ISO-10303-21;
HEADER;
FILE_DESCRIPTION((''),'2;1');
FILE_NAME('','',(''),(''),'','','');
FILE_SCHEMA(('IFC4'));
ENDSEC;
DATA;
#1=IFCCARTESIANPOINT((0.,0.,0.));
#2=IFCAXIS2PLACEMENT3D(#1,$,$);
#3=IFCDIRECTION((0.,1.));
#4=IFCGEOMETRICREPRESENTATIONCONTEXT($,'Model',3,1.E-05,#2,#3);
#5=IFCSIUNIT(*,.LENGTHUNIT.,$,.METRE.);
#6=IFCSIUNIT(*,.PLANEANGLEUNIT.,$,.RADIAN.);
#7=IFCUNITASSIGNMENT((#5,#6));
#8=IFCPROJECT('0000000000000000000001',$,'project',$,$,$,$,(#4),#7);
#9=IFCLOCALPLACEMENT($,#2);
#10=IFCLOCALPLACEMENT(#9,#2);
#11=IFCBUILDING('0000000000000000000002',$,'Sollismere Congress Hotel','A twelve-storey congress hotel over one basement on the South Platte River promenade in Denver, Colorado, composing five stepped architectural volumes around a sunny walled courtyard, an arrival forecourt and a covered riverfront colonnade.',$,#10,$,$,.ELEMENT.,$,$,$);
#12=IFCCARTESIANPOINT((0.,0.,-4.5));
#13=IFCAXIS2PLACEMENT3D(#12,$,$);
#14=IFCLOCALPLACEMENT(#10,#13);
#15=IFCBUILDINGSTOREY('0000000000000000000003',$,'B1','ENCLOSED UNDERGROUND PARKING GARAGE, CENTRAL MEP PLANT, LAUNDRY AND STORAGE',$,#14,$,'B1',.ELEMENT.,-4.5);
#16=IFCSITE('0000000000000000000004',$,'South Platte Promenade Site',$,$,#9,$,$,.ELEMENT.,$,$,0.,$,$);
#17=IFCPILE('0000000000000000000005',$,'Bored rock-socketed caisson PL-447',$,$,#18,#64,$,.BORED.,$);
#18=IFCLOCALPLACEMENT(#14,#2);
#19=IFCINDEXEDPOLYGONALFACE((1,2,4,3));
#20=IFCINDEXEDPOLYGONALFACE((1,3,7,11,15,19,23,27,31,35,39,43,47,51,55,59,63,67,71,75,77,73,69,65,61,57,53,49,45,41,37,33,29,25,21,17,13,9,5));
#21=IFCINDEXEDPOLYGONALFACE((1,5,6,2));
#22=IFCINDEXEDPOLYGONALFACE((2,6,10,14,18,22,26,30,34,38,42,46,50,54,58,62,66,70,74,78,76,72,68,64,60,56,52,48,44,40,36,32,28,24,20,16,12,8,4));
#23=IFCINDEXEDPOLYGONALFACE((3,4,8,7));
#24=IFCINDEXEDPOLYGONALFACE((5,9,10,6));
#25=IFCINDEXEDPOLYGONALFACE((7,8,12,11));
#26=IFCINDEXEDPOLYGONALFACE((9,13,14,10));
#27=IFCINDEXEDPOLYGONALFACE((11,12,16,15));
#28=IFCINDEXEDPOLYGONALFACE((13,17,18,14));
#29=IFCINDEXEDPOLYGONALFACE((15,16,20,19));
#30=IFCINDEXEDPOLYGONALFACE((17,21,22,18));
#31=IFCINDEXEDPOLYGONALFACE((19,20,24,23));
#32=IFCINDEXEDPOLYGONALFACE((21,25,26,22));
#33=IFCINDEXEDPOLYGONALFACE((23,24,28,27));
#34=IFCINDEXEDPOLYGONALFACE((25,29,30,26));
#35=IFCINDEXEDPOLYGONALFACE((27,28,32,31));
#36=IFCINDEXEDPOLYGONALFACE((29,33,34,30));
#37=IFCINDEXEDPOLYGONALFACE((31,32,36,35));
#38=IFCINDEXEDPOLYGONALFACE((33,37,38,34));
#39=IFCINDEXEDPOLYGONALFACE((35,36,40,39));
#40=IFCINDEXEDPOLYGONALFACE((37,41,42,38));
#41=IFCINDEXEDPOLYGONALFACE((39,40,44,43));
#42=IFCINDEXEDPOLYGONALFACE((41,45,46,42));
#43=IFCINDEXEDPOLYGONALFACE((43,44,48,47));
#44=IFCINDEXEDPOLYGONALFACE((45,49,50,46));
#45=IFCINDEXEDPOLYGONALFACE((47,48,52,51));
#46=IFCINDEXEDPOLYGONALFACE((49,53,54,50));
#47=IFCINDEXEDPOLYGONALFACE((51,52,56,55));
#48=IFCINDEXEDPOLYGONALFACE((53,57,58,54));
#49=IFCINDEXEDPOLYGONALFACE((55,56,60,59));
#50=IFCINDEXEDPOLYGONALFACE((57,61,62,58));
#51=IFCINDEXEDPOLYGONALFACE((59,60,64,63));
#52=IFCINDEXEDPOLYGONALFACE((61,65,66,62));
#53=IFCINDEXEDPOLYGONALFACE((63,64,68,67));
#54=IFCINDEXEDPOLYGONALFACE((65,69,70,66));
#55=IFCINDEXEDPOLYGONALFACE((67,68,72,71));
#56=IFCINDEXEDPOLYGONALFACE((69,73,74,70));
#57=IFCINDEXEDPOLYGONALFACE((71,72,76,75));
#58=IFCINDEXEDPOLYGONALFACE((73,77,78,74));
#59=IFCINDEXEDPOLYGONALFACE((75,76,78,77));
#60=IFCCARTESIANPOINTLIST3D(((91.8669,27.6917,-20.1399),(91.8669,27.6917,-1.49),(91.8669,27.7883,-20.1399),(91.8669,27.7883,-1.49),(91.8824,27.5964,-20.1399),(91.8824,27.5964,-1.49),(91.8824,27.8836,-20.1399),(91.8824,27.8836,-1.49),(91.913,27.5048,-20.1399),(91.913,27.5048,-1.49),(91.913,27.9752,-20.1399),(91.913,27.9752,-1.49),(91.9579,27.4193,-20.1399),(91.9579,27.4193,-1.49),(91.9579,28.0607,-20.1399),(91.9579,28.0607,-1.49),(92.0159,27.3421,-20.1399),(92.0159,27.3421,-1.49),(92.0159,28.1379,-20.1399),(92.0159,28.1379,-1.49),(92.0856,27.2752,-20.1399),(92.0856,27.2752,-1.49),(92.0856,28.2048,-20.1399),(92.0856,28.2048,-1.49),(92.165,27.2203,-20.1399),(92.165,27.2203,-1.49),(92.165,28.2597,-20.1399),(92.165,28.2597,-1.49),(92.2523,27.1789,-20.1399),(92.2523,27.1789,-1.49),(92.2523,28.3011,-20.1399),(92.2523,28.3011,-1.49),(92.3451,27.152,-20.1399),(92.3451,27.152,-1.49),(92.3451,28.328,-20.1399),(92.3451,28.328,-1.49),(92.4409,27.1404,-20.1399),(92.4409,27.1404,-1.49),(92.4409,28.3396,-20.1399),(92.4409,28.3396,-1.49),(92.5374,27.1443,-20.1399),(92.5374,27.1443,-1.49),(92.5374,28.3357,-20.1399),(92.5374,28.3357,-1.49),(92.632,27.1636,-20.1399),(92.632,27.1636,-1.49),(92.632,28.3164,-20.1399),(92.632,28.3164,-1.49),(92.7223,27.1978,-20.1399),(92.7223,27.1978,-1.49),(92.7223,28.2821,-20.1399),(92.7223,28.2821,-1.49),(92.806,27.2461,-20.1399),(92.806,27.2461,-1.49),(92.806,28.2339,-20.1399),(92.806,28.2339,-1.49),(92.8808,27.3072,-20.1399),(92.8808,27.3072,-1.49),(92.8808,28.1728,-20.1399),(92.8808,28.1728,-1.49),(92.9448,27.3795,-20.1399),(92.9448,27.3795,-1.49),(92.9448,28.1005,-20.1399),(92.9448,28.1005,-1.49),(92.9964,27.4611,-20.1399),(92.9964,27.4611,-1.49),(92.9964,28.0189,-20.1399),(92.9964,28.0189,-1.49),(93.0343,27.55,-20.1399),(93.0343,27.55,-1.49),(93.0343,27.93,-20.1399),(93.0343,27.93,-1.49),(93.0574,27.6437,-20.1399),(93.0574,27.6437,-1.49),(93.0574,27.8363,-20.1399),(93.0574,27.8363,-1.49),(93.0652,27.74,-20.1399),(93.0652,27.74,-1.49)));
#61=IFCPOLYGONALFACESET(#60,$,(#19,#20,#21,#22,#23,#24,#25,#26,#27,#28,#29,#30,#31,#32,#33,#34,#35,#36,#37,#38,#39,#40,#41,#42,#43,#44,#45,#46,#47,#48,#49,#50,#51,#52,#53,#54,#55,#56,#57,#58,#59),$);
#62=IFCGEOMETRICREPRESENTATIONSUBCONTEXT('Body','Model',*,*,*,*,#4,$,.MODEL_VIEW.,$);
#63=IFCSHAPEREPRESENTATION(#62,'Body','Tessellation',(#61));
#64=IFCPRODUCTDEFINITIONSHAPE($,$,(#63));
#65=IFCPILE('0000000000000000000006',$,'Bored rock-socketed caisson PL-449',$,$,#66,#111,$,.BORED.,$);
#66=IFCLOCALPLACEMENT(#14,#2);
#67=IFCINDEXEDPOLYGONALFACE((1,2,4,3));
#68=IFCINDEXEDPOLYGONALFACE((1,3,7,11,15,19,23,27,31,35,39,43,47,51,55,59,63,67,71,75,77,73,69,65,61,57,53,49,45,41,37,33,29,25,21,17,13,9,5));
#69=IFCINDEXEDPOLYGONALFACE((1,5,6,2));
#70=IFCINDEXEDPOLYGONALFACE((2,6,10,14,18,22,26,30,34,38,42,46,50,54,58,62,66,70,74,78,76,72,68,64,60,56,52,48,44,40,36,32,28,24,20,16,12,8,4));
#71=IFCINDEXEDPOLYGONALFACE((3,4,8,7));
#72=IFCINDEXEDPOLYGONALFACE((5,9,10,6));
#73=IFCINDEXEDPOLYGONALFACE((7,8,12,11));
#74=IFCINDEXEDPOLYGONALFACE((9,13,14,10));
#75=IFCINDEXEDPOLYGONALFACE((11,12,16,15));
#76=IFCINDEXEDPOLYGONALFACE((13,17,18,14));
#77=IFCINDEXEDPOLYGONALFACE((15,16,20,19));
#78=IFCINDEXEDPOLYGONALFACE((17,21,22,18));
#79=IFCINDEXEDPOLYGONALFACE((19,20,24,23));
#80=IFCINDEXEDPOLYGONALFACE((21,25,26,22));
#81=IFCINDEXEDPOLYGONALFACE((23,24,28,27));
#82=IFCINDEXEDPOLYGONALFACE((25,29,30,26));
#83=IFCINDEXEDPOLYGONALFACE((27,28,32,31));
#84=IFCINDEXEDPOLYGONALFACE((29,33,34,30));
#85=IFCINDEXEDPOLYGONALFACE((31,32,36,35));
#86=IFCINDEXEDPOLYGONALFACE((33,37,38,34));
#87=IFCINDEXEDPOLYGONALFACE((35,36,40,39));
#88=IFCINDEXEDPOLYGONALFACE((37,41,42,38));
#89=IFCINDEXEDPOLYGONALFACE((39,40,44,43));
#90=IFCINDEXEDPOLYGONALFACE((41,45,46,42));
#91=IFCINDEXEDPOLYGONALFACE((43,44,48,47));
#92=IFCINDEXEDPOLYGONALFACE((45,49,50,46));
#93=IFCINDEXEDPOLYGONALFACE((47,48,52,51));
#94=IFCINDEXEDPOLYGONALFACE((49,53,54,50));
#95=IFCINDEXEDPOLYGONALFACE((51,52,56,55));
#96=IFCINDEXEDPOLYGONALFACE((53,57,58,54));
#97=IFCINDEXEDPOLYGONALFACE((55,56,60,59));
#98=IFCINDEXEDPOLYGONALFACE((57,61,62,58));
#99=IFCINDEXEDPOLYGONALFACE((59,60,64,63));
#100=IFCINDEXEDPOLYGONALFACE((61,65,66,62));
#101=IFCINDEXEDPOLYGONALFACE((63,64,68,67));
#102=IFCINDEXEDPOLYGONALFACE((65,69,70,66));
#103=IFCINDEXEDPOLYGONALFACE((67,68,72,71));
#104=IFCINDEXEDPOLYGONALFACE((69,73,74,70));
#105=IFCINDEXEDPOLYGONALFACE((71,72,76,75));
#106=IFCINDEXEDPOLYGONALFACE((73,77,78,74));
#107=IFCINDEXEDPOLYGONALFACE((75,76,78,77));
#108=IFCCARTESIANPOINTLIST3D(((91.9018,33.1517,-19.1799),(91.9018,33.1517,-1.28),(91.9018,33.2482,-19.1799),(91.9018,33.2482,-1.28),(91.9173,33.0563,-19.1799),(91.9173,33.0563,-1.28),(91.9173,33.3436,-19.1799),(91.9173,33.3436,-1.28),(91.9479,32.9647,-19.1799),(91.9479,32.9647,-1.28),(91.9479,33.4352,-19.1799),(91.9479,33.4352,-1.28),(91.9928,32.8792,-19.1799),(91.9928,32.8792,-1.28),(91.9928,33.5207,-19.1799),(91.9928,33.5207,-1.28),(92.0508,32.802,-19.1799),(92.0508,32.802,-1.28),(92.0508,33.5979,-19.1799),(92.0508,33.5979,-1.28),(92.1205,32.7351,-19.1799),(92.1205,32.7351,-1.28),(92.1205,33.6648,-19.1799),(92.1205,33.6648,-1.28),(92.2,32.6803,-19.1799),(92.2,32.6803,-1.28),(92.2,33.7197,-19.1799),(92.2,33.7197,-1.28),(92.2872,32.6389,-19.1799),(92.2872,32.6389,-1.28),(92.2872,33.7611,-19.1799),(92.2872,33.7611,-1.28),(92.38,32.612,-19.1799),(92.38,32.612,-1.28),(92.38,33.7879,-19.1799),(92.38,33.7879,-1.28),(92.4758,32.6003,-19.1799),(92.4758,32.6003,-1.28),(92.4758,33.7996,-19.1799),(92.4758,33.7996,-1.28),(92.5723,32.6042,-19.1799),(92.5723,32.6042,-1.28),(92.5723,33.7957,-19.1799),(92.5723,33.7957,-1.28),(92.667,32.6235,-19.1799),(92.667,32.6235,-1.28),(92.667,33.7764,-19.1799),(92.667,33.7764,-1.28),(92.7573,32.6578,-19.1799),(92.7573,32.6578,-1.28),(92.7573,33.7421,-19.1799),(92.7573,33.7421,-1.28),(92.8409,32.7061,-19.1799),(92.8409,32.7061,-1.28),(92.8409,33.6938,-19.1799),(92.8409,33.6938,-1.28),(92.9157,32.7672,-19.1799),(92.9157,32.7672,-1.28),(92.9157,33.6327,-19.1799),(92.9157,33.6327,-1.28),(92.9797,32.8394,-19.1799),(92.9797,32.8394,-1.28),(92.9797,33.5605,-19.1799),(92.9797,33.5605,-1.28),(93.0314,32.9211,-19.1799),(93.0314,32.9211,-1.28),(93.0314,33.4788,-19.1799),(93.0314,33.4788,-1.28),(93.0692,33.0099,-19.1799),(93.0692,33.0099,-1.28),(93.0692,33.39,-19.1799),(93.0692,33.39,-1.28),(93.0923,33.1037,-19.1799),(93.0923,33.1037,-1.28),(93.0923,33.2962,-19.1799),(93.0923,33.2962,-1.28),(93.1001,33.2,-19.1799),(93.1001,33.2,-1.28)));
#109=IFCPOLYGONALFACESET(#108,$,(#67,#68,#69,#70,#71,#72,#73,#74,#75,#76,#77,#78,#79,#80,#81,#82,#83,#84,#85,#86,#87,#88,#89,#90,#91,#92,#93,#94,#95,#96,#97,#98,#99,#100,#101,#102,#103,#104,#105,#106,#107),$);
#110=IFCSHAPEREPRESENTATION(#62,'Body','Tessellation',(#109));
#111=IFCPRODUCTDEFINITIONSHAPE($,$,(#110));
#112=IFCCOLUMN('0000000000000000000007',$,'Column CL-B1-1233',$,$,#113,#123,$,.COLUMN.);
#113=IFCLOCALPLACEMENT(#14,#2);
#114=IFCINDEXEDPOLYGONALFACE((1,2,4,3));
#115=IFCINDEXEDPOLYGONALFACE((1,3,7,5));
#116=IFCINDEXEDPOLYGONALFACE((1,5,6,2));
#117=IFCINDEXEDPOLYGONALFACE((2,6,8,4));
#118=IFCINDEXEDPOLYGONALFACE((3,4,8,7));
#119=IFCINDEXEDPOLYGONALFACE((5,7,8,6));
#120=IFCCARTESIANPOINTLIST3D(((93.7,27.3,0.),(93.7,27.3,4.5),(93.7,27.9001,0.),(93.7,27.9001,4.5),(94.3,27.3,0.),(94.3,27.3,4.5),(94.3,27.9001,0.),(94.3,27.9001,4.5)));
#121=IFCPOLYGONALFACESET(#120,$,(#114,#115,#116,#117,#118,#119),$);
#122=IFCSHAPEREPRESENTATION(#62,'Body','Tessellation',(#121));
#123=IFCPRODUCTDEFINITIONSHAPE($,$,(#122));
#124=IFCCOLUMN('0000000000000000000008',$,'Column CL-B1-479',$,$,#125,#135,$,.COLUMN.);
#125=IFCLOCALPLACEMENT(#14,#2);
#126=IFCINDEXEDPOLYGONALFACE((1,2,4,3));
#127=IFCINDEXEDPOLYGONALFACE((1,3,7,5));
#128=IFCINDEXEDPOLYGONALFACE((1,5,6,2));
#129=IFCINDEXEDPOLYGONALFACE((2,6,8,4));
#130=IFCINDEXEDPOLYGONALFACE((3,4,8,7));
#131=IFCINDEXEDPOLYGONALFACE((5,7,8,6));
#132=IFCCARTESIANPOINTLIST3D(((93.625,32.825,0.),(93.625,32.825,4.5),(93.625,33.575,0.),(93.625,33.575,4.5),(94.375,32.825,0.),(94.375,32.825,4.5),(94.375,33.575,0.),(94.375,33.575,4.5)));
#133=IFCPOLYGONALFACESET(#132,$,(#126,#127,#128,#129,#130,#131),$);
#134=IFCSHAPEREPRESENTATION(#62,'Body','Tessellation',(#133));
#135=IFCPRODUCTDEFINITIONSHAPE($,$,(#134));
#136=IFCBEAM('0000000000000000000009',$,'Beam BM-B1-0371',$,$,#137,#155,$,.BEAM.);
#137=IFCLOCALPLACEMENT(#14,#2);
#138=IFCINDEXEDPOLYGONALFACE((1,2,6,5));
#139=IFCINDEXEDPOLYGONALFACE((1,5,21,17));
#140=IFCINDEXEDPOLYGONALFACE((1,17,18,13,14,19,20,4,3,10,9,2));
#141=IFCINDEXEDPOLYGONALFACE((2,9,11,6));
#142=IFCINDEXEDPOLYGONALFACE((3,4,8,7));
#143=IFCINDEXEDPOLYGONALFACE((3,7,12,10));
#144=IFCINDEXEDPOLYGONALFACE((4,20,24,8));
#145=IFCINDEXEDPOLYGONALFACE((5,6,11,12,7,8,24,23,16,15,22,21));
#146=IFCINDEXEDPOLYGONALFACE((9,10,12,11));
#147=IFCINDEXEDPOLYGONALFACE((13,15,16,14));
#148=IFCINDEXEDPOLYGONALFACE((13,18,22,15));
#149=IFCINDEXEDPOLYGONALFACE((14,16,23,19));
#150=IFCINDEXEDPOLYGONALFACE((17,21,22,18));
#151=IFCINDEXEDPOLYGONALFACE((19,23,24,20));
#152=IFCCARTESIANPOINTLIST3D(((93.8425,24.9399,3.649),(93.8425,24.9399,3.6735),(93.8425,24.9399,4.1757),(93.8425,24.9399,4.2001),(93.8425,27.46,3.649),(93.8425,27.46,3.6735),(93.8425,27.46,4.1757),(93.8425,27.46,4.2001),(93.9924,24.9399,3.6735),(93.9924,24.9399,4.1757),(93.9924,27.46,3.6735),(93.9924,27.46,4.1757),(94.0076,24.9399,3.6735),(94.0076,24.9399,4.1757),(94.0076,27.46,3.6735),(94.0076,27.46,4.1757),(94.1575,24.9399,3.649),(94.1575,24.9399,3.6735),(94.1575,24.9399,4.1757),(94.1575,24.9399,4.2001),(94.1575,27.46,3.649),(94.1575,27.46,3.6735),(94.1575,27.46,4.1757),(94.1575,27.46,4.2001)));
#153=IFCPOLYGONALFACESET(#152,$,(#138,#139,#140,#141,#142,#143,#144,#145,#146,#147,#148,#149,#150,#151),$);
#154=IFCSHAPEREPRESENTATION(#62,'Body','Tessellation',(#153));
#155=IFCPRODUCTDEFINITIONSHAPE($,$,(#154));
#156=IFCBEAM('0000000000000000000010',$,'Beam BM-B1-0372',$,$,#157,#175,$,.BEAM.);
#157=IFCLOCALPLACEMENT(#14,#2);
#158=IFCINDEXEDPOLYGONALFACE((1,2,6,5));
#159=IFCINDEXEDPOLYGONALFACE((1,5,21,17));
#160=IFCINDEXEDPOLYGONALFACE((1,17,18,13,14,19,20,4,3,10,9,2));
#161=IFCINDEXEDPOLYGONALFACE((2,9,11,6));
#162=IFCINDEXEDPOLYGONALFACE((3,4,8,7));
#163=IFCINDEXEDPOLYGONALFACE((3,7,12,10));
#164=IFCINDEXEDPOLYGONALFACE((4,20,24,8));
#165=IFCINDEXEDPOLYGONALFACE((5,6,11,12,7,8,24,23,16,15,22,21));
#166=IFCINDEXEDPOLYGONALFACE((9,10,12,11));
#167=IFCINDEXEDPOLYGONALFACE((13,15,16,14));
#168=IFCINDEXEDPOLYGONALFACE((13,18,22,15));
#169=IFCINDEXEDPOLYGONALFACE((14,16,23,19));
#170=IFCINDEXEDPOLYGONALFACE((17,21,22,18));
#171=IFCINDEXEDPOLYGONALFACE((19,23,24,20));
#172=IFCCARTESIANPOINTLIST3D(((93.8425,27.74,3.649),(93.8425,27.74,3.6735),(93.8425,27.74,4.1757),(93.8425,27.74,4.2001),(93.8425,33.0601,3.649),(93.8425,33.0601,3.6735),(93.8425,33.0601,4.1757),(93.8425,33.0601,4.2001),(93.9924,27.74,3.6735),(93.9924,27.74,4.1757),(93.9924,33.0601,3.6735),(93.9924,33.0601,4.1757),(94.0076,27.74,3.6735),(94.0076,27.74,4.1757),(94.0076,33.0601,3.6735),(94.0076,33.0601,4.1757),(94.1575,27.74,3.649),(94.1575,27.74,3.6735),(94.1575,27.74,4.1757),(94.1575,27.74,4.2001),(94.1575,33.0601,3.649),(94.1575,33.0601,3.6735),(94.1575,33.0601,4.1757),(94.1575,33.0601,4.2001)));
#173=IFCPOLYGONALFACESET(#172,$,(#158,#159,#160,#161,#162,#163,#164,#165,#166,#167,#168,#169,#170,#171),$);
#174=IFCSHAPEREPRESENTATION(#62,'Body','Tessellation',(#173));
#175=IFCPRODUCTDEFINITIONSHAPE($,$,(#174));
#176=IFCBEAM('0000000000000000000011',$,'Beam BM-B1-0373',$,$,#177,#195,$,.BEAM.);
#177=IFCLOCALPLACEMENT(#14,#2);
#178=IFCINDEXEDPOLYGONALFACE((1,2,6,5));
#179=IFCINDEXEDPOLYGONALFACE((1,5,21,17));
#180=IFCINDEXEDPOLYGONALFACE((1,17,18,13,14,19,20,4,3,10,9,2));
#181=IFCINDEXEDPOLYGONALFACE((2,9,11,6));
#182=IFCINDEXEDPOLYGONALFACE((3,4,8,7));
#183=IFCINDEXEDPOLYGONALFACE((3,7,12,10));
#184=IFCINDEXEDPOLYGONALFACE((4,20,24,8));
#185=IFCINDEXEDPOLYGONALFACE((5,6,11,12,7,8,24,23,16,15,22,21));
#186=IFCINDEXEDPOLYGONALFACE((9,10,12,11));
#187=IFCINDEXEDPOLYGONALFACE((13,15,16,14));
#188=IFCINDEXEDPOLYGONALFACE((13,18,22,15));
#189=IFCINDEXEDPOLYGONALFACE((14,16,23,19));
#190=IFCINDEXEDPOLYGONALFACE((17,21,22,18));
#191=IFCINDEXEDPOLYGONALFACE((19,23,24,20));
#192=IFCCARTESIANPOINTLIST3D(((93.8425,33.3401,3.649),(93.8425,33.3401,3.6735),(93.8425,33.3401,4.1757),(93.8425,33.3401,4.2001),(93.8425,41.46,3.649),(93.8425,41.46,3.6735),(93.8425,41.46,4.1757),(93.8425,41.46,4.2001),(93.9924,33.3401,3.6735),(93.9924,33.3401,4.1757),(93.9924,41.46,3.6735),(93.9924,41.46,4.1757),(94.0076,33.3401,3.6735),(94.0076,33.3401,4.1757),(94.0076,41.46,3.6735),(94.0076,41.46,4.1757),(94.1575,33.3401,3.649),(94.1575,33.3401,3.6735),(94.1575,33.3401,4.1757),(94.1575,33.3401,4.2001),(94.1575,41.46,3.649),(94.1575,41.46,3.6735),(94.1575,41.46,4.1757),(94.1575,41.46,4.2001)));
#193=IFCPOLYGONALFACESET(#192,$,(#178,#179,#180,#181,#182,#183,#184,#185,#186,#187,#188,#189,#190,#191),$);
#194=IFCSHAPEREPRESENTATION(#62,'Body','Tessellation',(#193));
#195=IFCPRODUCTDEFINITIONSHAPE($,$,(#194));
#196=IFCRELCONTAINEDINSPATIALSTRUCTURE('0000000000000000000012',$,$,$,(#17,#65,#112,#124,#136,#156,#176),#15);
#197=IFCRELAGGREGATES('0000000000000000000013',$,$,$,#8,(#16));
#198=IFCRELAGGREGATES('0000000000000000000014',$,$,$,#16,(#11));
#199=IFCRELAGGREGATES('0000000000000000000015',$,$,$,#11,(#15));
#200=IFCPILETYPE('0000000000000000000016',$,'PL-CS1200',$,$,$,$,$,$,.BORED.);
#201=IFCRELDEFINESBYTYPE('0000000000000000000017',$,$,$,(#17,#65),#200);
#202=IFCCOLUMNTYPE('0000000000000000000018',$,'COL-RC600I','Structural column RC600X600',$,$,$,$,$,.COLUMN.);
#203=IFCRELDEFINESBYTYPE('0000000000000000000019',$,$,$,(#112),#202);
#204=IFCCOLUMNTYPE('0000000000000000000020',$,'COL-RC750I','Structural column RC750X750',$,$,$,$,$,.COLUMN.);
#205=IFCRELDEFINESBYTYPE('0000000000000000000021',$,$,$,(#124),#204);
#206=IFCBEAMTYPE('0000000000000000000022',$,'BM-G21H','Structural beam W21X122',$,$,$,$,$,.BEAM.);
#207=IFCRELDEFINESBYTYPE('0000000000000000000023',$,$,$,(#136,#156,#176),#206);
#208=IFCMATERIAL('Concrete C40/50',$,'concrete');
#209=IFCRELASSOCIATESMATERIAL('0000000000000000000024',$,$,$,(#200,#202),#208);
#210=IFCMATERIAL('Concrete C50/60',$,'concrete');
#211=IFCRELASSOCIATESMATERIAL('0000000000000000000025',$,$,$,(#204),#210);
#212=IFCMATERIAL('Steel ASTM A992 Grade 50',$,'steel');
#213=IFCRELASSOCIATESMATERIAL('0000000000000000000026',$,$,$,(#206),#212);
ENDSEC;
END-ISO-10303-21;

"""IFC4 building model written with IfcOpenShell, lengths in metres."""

from ifc_helpers import new_model, si_unit, direction, frame, origin, origin_2d, place, context, subcontext, project, spatial, rectangle, circle, i_section, extrude, material, material_profile, profile_set, type_object, element, save


model = new_model("IFC4")

# Units and contexts
model_context = context("Model", 3, precision=1e-05, world=origin(), true_north=direction((0.0, 1.0)))
body_context = subcontext(model_context, "Body", "Model", "MODEL_VIEW")
ifc_project = project(units=[si_unit("LENGTHUNIT", "METRE"), si_unit("PLANEANGLEUNIT", "RADIAN")], contexts=[model_context])

# Site, building, storey
site_placement = place(None, origin())
site = spatial("IfcSite", under=ifc_project, at=site_placement, Name="South Platte Promenade Site", CompositionType="ELEMENT", RefElevation=0.0)
building_placement = place(site_placement, origin())
building = spatial("IfcBuilding", under=site, at=building_placement, Name="Sollismere Congress Hotel", Description="A twelve-storey congress hotel over one basement on the South Platte River promenade in Denver, Colorado, composing five stepped architectural volumes around a sunny walled courtyard, an arrival forecourt and a covered riverfront colonnade.", CompositionType="ELEMENT")
storey_placement = place(building_placement, frame((0.0, 0.0, -4.5)))
storey = spatial("IfcBuildingStorey", under=building, at=storey_placement, Name="B1", Description="ENCLOSED UNDERGROUND PARKING GARAGE, CENTRAL MEP PLANT, LAUNDRY AND STORAGE", LongName="B1", CompositionType="ELEMENT", Elevation=-4.5)

# Shared definitions
ifc_material_1 = material(Name="Concrete C40/50", Category="concrete")

# Piles
ifc_material_profile_1 = material_profile(ifc_material_1, circle(Radius=0.6001, at=origin_2d()), Name="CAISSON1200")
ifc_profile_set_1 = profile_set([ifc_material_profile_1], Name="Concrete C40/50")
pile_type = type_object("IfcPileType", Name="PL-CS1200", PredefinedType="BORED", material=ifc_profile_set_1)
pile_1_placement = place(storey_placement, frame((92.4651, 27.74, -1.49), z_axis=(0.0, 0.0, -1.0), x_axis=(1.0, 0.0, 0.0)))
element("IfcPile", 1, at=pile_1_placement, inside=storey, type_object=pile_type, Name="Bored rock-socketed caisson PL-447", PredefinedType="BORED", context=body_context, shape_type="SweptSolid", body=[
    extrude(circle(Radius=0.6001, at=origin_2d()), origin(), (0.0, 0.0, 1.0), 18.6499),
])
pile_2_placement = place(storey_placement, frame((92.5, 33.2, -1.28), z_axis=(0.0, 0.0, -1.0), x_axis=(1.0, 0.0, 0.0)))
element("IfcPile", 2, at=pile_2_placement, inside=storey, type_object=pile_type, Name="Bored rock-socketed caisson PL-449", PredefinedType="BORED", context=body_context, shape_type="SweptSolid", body=[
    extrude(circle(Radius=0.6001, at=origin_2d()), origin(), (0.0, 0.0, 1.0), 17.8999),
])

# Columns
ifc_material_profile_2 = material_profile(ifc_material_1, rectangle(XDim=0.6001, YDim=0.6001, at=origin_2d()), Name="RC600X600")
ifc_profile_set_2 = profile_set([ifc_material_profile_2], Name="Concrete C40/50")
column_type_1 = type_object("IfcColumnType", Name="COL-RC600I", Description="Structural column RC600X600", PredefinedType="COLUMN", material=ifc_profile_set_2)
column_1_placement = place(storey_placement, frame((94.0, 27.6001, 0.0), z_axis=(0.0, 0.0, 1.0), x_axis=(1.0, 0.0, 0.0)))
element("IfcColumn", 3, at=column_1_placement, inside=storey, type_object=column_type_1, Name="Column CL-B1-1233", PredefinedType="COLUMN", context=body_context, shape_type="SweptSolid", body=[
    extrude(rectangle(XDim=0.6001, YDim=0.6001, at=origin_2d()), origin(), (0.0, 0.0, 1.0), 4.5),
])
ifc_material_2 = material(Name="Concrete C50/60", Category="concrete")
ifc_material_profile_3 = material_profile(ifc_material_2, rectangle(XDim=0.75, YDim=0.75, at=origin_2d()), Name="RC750X750")
ifc_profile_set_3 = profile_set([ifc_material_profile_3], Name="Concrete C50/60")
column_type_2 = type_object("IfcColumnType", Name="COL-RC750I", Description="Structural column RC750X750", PredefinedType="COLUMN", material=ifc_profile_set_3)
column_2_placement = place(storey_placement, frame((94.0, 33.2, 0.0), z_axis=(0.0, 0.0, 1.0), x_axis=(1.0, 0.0, 0.0)))
element("IfcColumn", 4, at=column_2_placement, inside=storey, type_object=column_type_2, Name="Column CL-B1-479", PredefinedType="COLUMN", context=body_context, shape_type="SweptSolid", body=[
    extrude(rectangle(XDim=0.75, YDim=0.75, at=origin_2d()), origin(), (0.0, 0.0, 1.0), 4.5),
])

# Beams
ifc_material_3 = material(Name="Steel ASTM A992 Grade 50", Category="steel")
ifc_material_profile_4 = material_profile(ifc_material_3, i_section(OverallWidth=0.3149, OverallDepth=0.551, WebThickness=0.0151, FlangeThickness=0.0244, at=origin_2d()), Name="W21X122")
ifc_profile_set_4 = profile_set([ifc_material_profile_4], Name="Steel ASTM A992 Grade 50")
beam_type_1 = type_object("IfcBeamType", Name="BM-G21H", Description="Structural beam W21X122", PredefinedType="BEAM", material=ifc_profile_set_4)
beam_1_placement = place(storey_placement, frame((94.0, 24.9399, 3.9246), z_axis=(0.0, 1.0, 0.0), x_axis=(-1.0, 0.0, 0.0)))
element("IfcBeam", 5, at=beam_1_placement, inside=storey, type_object=beam_type_1, Name="Beam BM-B1-0371", PredefinedType="BEAM", context=body_context, shape_type="SweptSolid", body=[
    extrude(i_section(OverallWidth=0.3149, OverallDepth=0.551, WebThickness=0.0151, FlangeThickness=0.0244, at=origin_2d()), origin(), (0.0, 0.0, 1.0), 2.52),
])
beam_2_placement = place(storey_placement, frame((94.0, 27.74, 3.9246), z_axis=(0.0, 1.0, 0.0), x_axis=(-1.0, 0.0, 0.0)))
element("IfcBeam", 6, at=beam_2_placement, inside=storey, type_object=beam_type_1, Name="Beam BM-B1-0372", PredefinedType="BEAM", context=body_context, shape_type="SweptSolid", body=[
    extrude(i_section(OverallWidth=0.3149, OverallDepth=0.551, WebThickness=0.0151, FlangeThickness=0.0244, at=origin_2d()), origin(), (0.0, 0.0, 1.0), 5.3201),
])
beam_3_placement = place(storey_placement, frame((94.0, 33.3401, 3.9246), z_axis=(0.0, 1.0, 0.0), x_axis=(-1.0, 0.0, 0.0)))
element("IfcBeam", 7, at=beam_3_placement, inside=storey, type_object=beam_type_1, Name="Beam BM-B1-0373", PredefinedType="BEAM", context=body_context, shape_type="SweptSolid", body=[
    extrude(i_section(OverallWidth=0.3149, OverallDepth=0.551, WebThickness=0.0151, FlangeThickness=0.0244, at=origin_2d()), origin(), (0.0, 0.0, 1.0), 8.1199),
])

save(model, "model.ifc")
